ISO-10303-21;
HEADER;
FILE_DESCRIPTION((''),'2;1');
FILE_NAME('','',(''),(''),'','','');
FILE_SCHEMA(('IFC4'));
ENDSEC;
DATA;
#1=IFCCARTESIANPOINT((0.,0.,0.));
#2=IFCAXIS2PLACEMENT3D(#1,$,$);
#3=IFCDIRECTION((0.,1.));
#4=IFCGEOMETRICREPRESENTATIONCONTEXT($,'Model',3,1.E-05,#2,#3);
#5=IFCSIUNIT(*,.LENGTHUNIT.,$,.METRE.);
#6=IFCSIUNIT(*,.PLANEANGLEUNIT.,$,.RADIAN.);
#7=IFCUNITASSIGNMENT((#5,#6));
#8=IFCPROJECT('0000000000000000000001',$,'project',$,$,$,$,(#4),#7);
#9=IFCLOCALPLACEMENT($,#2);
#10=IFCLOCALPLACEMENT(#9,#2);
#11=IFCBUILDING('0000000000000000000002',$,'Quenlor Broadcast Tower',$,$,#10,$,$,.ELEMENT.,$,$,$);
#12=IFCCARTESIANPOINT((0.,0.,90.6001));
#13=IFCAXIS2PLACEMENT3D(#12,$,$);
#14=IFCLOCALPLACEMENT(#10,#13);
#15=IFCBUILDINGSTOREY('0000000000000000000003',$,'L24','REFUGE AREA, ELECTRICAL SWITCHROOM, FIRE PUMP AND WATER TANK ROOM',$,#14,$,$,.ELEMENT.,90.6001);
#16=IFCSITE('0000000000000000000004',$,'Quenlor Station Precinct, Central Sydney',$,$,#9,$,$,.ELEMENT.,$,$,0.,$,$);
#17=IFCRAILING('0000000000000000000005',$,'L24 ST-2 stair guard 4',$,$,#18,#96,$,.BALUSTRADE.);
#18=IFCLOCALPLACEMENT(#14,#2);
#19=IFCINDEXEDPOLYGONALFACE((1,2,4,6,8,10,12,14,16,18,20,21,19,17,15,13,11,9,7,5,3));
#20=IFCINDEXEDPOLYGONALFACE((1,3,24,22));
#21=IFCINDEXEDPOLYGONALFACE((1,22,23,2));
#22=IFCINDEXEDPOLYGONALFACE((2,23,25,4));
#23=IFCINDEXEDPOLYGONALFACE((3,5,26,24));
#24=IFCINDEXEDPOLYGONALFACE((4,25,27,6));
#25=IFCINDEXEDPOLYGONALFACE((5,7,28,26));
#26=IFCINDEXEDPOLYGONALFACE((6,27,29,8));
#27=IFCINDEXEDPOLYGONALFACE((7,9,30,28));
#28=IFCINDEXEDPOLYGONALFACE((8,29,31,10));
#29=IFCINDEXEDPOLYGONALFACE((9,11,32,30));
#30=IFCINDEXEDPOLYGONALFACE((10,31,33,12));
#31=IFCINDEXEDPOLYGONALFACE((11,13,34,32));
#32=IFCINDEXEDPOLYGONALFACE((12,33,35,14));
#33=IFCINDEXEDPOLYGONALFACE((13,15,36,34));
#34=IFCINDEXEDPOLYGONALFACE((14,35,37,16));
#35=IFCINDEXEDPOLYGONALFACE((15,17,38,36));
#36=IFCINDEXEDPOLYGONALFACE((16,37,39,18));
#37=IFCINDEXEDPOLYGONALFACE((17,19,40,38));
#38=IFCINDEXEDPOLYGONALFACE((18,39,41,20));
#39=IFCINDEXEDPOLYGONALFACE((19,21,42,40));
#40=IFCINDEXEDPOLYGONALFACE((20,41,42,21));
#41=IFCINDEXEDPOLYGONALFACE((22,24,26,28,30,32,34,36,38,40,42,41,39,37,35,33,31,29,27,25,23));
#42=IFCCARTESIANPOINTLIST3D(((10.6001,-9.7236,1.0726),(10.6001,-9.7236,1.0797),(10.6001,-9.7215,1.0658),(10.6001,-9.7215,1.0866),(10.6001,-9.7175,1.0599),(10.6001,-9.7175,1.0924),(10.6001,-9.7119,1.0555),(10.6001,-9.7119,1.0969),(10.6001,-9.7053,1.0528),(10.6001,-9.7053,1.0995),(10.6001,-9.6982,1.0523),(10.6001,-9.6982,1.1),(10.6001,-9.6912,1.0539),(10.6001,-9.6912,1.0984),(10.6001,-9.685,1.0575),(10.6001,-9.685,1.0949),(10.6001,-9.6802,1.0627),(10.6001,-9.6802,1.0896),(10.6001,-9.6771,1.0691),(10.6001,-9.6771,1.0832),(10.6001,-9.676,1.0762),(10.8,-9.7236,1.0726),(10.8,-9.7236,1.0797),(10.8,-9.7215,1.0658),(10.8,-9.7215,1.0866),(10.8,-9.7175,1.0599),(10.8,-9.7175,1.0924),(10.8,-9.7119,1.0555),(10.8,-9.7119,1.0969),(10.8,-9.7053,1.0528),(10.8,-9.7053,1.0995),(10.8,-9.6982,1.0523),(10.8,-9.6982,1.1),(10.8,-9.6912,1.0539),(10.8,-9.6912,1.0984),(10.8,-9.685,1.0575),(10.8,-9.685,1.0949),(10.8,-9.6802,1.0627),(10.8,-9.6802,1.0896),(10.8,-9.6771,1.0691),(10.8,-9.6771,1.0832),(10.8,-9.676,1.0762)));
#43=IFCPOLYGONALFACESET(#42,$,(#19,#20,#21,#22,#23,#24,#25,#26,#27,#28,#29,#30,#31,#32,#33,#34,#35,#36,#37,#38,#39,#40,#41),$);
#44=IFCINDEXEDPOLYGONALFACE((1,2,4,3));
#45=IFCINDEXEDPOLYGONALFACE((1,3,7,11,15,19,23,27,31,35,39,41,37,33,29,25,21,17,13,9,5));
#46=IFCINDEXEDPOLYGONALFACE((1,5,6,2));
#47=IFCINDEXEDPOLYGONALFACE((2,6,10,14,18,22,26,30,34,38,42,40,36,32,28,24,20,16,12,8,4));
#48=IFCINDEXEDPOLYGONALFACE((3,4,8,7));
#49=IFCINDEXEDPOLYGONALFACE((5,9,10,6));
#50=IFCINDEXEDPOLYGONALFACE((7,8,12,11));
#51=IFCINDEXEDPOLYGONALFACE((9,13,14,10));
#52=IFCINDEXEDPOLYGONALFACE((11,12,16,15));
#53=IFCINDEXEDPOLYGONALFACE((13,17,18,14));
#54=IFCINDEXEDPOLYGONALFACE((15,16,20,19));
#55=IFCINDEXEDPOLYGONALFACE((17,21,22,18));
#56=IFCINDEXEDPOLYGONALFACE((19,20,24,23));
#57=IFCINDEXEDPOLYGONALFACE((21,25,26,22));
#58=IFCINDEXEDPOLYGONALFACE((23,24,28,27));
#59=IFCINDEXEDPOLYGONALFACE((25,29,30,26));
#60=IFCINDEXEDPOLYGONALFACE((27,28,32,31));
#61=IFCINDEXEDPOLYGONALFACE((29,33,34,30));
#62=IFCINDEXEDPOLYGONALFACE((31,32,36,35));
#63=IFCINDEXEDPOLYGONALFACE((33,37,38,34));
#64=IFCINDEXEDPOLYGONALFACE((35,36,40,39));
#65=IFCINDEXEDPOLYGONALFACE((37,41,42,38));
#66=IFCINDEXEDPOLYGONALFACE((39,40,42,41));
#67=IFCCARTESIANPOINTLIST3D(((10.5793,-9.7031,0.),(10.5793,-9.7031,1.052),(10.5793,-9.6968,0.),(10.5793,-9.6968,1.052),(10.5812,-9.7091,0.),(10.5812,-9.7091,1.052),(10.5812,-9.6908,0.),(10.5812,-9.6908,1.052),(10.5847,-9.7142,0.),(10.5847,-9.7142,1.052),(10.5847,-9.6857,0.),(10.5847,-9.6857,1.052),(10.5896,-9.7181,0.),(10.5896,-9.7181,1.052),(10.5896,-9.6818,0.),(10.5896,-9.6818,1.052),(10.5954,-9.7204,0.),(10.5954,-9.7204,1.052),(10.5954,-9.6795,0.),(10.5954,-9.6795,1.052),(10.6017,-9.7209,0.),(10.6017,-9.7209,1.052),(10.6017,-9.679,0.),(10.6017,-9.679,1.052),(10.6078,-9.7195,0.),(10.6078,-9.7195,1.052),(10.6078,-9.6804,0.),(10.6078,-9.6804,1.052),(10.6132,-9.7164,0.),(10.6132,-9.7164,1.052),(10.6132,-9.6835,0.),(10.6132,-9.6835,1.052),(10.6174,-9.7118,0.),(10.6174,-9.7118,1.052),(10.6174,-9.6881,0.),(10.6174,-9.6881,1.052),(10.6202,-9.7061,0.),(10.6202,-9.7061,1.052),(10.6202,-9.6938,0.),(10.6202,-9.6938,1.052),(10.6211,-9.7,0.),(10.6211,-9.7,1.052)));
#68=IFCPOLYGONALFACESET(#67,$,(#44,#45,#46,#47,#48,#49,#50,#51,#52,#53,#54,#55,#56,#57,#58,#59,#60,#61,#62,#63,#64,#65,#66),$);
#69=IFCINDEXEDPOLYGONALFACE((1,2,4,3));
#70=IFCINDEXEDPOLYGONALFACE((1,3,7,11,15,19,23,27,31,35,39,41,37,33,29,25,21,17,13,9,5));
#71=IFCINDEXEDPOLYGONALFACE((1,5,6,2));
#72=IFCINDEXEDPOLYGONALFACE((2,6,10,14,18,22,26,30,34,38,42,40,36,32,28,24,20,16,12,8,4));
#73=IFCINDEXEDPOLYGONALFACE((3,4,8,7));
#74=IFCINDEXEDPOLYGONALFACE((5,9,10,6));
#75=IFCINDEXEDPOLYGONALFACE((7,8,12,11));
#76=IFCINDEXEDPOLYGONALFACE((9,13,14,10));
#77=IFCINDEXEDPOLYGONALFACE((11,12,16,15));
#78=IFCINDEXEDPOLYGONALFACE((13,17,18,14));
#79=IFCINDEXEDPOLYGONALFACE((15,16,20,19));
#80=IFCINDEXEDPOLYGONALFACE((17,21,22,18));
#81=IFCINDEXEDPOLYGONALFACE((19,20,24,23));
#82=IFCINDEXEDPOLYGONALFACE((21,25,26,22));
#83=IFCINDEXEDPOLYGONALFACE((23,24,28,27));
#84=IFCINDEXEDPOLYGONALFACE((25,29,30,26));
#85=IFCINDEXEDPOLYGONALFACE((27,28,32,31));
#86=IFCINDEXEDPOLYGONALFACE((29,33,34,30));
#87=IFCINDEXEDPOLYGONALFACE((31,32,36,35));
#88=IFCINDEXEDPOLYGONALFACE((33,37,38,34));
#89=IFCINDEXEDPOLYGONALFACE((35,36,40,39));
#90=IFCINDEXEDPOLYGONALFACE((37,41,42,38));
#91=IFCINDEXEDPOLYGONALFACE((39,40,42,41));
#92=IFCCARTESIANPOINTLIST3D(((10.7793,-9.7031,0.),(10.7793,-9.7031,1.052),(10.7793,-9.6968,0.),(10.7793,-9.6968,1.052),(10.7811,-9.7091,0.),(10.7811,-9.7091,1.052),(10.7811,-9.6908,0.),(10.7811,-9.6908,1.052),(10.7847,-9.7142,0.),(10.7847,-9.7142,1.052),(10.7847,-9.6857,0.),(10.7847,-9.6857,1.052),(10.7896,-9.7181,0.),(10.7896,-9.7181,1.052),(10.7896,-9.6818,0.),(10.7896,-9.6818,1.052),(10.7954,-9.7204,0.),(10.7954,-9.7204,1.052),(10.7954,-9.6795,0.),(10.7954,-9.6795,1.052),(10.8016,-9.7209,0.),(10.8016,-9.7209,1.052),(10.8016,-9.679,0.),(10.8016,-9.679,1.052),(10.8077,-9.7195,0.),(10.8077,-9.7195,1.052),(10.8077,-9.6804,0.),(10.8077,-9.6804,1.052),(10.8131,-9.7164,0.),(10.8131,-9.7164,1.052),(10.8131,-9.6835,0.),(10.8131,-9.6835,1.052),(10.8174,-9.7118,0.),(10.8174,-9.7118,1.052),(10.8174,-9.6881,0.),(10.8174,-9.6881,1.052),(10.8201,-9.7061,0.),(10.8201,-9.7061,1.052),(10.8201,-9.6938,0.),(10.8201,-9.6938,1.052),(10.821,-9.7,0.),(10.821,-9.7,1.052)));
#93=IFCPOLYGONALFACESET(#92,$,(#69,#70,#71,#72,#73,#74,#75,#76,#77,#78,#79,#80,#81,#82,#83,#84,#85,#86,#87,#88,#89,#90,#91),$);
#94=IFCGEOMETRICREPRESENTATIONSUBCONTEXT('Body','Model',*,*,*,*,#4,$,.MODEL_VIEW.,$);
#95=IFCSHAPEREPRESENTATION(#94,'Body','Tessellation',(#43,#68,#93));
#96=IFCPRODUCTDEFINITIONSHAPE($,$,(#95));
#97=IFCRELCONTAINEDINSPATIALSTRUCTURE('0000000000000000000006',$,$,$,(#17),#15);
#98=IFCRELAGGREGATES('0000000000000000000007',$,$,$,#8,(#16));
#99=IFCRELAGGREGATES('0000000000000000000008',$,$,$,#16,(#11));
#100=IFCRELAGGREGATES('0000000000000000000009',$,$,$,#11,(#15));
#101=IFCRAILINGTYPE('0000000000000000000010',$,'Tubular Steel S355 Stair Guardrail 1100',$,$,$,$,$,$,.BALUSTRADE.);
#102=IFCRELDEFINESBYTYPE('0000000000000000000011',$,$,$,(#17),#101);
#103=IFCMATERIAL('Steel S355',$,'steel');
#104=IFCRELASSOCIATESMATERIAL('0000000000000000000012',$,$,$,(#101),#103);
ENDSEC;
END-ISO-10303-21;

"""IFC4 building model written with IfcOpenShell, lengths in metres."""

from ifc_helpers import new_model, si_unit, direction, frame, origin, origin_2d, place, context, subcontext, project, spatial, circle, extrude, material, type_object, element, save


model = new_model("IFC4")

# Units and contexts
model_context = context("Model", 3, precision=1e-05, world=origin(), true_north=direction((0.0, 1.0)))
body_context = subcontext(model_context, "Body", "Model", "MODEL_VIEW")
ifc_project = project(units=[si_unit("LENGTHUNIT", "METRE"), si_unit("PLANEANGLEUNIT", "RADIAN")], contexts=[model_context])

# Site, building, storey
site_placement = place(None, origin())
site = spatial("IfcSite", under=ifc_project, at=site_placement, Name="Quenlor Station Precinct, Central Sydney", CompositionType="ELEMENT", RefElevation=0.0)
building_placement = place(site_placement, origin())
building = spatial("IfcBuilding", under=site, at=building_placement, Name="Quenlor Broadcast Tower", CompositionType="ELEMENT")
storey_placement = place(building_placement, frame((0.0, 0.0, 90.6001)))
storey = spatial("IfcBuildingStorey", under=building, at=storey_placement, Name="L24", Description="REFUGE AREA, ELECTRICAL SWITCHROOM, FIRE PUMP AND WATER TANK ROOM", CompositionType="ELEMENT", Elevation=90.6001)

# Railing
ifc_material_1 = material(Name="Steel S355", Category="steel")
railing_type_1 = type_object("IfcRailingType", Name="Tubular Steel S355 Stair Guardrail 1100", PredefinedType="BALUSTRADE", material=ifc_material_1)
railing_1_placement = place(storey_placement, frame((10.6001, -9.7, 0.0)))
element("IfcRailing", 1, at=railing_1_placement, inside=storey, type_object=railing_type_1, Name="L24 ST-2 stair guard 4", PredefinedType="BALUSTRADE", context=body_context, shape_type="SweptSolid", body=[
    extrude(circle(Radius=0.0239, at=origin_2d()), frame((0.0, 0.0, 1.0762), z_axis=(1.0, 0.0, 0.0), x_axis=(0.0, 1.0, 0.0)), (0.0, 0.0, 1.0), 0.2),
    extrude(circle(Radius=0.021, at=origin_2d()), origin(), (0.0, 0.0, 1.0), 1.052),
    extrude(circle(Radius=0.021, at=origin_2d()), frame((0.2, 0.0, 0.0)), (0.0, 0.0, 1.0), 1.052),
])

save(model, "model.ifc")
